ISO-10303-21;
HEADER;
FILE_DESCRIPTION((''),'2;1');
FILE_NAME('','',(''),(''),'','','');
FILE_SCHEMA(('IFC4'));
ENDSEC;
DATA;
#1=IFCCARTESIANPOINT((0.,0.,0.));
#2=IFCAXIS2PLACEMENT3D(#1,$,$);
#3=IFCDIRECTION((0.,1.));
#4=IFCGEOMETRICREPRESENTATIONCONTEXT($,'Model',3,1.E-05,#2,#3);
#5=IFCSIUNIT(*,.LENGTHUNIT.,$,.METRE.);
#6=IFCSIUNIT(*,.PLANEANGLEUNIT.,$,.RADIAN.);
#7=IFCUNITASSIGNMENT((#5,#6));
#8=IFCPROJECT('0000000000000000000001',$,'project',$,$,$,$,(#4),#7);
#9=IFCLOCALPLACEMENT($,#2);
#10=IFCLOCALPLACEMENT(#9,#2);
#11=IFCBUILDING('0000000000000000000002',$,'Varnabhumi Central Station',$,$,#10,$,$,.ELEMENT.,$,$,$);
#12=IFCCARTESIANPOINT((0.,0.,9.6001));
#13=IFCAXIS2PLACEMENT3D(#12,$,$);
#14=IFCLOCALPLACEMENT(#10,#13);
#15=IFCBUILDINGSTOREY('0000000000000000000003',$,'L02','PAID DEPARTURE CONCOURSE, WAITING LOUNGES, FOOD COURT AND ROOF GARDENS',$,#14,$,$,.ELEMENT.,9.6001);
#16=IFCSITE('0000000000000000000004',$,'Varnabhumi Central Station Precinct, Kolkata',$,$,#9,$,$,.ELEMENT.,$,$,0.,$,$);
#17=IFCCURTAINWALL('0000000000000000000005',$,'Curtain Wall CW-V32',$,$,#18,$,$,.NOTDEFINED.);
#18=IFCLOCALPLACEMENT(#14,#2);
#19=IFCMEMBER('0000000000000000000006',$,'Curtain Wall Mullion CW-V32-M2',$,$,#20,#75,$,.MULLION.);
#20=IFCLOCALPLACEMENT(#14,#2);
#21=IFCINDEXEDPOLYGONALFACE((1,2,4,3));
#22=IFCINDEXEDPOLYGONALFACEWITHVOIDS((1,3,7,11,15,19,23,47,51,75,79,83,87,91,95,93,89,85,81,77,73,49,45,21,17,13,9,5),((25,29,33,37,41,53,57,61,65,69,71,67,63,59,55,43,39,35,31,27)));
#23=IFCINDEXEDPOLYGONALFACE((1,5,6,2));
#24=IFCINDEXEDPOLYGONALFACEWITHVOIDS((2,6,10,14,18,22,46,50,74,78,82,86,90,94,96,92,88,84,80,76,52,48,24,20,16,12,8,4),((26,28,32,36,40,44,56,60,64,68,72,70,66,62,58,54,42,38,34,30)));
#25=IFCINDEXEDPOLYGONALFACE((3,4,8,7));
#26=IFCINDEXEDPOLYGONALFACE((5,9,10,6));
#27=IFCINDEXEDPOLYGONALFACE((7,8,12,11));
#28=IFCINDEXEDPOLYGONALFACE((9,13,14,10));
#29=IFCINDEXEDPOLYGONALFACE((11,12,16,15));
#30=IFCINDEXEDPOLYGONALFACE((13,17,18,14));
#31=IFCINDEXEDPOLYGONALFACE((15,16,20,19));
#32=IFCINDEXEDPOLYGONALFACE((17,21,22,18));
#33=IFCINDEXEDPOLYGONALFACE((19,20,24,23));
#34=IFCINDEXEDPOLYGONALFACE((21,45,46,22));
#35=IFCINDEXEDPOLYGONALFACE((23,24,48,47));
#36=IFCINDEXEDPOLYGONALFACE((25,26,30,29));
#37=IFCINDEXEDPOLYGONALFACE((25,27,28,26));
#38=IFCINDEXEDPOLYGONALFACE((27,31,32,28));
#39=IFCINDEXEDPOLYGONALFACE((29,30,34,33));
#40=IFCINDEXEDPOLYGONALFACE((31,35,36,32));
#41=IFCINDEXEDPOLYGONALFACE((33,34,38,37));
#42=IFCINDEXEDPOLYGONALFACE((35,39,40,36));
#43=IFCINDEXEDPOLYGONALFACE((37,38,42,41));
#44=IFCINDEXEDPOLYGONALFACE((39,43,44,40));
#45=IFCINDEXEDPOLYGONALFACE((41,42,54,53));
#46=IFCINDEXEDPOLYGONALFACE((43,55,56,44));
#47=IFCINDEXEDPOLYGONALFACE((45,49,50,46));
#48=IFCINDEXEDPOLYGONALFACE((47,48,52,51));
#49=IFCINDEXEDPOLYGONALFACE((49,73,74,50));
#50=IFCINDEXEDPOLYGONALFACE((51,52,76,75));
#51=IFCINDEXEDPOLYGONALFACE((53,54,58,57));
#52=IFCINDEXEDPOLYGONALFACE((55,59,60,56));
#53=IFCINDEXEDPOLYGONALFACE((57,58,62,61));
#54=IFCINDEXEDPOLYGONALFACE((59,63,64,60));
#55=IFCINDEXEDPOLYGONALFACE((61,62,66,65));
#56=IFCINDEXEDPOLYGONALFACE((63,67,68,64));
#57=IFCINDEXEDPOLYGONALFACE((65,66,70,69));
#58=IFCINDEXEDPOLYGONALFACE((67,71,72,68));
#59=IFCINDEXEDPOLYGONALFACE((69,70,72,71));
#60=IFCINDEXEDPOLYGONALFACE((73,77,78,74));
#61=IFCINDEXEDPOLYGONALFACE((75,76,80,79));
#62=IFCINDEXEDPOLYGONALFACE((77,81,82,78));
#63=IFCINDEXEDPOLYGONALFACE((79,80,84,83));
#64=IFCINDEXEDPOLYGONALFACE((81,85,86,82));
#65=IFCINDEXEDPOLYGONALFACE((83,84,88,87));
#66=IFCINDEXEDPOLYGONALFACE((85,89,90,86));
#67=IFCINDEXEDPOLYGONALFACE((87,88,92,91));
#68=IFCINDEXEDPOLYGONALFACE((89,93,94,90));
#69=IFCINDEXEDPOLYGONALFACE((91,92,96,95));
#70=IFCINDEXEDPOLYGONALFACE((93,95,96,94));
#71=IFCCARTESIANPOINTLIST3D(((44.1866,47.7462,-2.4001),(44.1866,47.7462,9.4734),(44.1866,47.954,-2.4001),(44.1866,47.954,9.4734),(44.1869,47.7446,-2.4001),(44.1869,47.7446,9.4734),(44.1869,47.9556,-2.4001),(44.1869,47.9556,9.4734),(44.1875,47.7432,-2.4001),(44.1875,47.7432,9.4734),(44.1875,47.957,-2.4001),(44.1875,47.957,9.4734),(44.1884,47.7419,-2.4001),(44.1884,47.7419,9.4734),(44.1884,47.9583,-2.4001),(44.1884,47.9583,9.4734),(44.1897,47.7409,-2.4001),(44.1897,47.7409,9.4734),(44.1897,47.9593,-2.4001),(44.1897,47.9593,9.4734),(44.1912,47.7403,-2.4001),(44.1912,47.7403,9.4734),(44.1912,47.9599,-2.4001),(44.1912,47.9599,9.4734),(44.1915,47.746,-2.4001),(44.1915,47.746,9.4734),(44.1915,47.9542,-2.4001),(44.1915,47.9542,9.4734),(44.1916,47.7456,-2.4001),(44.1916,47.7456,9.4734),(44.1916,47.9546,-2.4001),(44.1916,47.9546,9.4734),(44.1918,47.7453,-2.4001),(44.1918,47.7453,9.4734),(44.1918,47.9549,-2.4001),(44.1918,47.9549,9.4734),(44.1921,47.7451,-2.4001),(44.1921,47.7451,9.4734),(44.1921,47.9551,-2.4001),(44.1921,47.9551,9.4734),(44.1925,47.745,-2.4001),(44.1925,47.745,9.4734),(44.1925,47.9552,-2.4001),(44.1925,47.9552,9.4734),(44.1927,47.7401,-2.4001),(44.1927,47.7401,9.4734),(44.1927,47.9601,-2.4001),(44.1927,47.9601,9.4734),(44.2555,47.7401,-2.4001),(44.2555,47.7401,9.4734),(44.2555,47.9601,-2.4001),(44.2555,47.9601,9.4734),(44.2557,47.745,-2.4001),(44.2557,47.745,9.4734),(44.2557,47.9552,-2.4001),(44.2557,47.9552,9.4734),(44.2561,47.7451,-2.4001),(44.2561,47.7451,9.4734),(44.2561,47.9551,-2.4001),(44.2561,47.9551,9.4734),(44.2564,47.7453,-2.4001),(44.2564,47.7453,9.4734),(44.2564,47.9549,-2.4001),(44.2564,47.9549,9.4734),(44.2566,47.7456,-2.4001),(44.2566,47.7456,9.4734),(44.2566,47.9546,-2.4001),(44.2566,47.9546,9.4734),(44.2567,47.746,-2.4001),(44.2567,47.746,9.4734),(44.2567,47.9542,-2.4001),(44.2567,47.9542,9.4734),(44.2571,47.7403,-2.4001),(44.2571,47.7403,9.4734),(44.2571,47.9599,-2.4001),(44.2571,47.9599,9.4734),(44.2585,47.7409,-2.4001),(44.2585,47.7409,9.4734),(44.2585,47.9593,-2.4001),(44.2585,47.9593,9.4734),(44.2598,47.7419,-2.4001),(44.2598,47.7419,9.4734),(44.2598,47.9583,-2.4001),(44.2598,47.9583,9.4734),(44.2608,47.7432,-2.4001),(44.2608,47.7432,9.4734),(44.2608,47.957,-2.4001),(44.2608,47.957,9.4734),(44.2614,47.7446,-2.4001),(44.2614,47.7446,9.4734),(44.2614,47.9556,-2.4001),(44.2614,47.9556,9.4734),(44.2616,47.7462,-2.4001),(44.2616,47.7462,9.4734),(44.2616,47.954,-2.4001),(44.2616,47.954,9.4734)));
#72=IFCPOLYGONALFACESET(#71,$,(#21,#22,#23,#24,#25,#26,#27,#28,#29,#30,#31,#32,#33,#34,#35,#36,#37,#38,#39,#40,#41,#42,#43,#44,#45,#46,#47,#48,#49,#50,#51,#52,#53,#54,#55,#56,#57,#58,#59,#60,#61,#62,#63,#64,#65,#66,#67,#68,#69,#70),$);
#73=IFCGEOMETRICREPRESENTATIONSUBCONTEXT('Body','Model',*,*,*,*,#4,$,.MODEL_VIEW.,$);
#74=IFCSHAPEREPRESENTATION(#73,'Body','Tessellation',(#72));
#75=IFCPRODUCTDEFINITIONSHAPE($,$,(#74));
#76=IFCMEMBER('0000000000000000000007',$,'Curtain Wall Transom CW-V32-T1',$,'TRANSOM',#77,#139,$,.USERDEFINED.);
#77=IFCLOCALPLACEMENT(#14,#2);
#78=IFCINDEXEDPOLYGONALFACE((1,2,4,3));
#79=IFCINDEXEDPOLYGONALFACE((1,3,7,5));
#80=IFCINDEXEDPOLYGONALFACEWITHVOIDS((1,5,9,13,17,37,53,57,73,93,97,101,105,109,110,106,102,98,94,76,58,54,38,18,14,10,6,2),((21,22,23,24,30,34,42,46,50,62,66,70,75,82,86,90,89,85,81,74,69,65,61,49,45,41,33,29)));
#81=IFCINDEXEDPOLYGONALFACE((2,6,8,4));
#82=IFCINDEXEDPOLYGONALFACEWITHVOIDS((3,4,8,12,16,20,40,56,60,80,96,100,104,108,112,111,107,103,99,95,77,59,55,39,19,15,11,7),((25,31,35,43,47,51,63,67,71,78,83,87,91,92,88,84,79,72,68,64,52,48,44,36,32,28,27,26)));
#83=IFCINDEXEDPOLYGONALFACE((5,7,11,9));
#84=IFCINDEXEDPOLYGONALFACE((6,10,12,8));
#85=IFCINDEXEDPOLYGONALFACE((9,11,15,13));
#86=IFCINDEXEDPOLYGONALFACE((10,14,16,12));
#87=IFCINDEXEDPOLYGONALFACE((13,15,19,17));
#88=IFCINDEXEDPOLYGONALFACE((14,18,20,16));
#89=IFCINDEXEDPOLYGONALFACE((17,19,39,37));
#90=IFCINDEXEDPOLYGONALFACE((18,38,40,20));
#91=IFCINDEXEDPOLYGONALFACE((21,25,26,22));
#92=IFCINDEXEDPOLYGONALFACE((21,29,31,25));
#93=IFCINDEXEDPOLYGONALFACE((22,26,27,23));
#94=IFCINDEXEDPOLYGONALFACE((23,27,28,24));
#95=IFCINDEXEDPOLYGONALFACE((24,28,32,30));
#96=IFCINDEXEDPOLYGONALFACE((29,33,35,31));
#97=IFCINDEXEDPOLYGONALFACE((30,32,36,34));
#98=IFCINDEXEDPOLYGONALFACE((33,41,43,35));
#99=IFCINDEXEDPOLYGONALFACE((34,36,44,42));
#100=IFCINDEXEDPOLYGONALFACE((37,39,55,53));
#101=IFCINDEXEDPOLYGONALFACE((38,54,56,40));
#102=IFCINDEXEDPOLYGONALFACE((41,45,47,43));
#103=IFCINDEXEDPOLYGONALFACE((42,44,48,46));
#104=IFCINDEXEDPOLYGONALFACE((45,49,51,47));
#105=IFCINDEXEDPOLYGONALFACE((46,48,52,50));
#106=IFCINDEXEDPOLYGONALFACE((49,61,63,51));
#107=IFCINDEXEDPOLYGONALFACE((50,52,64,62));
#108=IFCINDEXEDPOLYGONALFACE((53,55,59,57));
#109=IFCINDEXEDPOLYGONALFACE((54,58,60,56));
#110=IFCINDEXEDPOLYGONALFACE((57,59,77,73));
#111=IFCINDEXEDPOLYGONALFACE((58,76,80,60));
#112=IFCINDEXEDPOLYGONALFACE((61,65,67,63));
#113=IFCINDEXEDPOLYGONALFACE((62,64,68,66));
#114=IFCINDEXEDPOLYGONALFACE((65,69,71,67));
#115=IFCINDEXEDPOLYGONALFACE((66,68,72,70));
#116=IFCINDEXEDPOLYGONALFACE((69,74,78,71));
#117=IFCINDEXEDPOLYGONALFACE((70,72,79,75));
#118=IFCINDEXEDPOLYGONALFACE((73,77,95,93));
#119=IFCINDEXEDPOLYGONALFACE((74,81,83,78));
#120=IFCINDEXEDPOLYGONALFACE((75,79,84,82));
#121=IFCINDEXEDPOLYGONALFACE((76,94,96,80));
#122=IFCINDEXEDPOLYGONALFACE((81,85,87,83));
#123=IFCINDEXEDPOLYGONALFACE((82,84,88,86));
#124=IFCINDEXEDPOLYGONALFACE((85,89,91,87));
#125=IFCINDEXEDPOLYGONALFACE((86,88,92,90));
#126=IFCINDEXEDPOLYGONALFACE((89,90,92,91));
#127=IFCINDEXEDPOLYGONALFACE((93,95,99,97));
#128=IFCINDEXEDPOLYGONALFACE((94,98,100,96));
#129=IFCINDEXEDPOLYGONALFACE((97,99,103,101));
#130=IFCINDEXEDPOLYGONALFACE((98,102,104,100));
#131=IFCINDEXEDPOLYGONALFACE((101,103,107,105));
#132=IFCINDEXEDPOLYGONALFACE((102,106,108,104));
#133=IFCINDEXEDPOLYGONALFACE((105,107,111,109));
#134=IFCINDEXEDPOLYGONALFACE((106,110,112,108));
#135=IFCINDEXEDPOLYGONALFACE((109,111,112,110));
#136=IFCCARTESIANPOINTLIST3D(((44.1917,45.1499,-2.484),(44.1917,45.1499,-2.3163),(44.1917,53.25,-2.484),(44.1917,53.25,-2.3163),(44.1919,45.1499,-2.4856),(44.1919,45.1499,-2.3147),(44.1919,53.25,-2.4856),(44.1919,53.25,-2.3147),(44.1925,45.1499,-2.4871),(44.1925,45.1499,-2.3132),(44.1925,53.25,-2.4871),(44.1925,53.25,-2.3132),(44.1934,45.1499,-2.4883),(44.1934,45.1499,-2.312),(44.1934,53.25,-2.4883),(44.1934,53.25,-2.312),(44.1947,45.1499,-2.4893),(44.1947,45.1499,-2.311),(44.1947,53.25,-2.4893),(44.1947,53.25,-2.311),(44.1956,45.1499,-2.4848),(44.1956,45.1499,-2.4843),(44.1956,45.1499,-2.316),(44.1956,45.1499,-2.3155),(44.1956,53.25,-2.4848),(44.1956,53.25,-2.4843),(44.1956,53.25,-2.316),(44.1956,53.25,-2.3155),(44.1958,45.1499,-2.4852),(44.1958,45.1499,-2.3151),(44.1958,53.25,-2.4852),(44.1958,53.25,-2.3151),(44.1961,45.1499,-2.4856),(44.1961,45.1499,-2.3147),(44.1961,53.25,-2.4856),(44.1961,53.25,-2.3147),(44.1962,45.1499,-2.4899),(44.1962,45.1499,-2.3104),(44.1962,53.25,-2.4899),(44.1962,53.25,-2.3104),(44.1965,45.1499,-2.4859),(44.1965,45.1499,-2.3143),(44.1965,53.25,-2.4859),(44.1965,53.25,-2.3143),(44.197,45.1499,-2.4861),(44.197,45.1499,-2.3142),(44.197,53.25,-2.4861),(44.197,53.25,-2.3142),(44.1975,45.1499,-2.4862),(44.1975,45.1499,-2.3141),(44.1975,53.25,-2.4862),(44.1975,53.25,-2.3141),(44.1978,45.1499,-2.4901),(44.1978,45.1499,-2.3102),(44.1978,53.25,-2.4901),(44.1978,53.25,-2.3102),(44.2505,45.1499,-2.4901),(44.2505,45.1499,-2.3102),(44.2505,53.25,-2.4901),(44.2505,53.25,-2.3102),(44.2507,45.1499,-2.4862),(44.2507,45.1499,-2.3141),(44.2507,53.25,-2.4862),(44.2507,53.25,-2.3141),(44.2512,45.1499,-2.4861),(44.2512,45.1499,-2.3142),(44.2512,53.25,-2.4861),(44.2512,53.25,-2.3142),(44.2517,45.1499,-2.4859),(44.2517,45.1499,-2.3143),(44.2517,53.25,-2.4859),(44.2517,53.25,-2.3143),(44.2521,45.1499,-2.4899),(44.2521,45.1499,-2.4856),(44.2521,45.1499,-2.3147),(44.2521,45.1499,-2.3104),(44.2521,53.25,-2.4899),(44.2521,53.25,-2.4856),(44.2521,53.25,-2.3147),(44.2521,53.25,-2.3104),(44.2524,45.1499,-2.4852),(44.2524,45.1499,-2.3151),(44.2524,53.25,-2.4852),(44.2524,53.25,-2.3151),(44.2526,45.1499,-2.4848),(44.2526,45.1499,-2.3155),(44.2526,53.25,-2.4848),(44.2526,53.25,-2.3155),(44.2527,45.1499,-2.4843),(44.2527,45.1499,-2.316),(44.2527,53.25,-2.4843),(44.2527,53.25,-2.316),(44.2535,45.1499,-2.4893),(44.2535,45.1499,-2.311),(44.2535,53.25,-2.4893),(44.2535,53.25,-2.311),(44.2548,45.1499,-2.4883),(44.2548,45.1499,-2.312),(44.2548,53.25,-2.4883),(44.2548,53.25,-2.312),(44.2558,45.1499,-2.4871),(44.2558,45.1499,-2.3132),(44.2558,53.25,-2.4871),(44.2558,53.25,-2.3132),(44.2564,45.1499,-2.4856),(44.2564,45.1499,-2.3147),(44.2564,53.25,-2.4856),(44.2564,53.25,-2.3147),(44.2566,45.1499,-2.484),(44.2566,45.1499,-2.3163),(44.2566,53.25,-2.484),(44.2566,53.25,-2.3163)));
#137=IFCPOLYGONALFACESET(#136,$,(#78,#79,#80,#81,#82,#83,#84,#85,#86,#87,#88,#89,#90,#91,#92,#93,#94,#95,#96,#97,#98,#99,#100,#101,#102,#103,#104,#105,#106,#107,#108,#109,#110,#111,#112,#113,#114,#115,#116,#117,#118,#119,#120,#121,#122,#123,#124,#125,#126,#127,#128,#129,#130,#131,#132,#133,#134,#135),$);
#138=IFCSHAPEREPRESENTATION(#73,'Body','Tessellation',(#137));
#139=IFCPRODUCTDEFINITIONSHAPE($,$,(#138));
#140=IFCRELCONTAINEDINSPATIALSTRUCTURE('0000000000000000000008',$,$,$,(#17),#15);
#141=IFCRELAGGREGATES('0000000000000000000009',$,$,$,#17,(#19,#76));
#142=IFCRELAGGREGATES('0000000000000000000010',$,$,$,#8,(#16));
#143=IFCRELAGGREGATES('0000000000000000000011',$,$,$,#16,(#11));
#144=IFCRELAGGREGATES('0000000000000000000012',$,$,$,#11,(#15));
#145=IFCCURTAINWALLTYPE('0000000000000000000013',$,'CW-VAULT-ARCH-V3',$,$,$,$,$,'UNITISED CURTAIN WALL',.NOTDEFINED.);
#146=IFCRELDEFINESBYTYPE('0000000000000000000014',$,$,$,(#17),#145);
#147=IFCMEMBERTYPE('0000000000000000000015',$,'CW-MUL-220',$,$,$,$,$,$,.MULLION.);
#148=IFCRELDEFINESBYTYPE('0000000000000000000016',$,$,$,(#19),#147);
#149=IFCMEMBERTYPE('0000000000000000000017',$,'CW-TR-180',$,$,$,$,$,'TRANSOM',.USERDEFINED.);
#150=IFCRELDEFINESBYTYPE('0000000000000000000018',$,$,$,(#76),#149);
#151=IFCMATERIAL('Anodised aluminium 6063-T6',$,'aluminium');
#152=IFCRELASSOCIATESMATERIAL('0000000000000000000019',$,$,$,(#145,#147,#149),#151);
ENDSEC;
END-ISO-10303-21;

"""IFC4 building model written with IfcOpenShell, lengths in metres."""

from ifc_helpers import new_model, si_unit, direction, frame, origin, origin_2d, place, context, subcontext, project, spatial, hollow_rectangle, extrude, material, material_profile, profile_set, type_object, element, aggregate, save


model = new_model("IFC4")

# Units and contexts
model_context = context("Model", 3, precision=1e-05, world=origin(), true_north=direction((0.0, 1.0)))
body_context = subcontext(model_context, "Body", "Model", "MODEL_VIEW")
ifc_project = project(units=[si_unit("LENGTHUNIT", "METRE"), si_unit("PLANEANGLEUNIT", "RADIAN")], contexts=[model_context])

# Site, building, storey
site_placement = place(None, origin())
site = spatial("IfcSite", under=ifc_project, at=site_placement, Name="Varnabhumi Central Station Precinct, Kolkata", CompositionType="ELEMENT", RefElevation=0.0)
building_placement = place(site_placement, origin())
building = spatial("IfcBuilding", under=site, at=building_placement, Name="Varnabhumi Central Station", CompositionType="ELEMENT")
storey_placement = place(building_placement, frame((0.0, 0.0, 9.6001)))
storey = spatial("IfcBuildingStorey", under=building, at=storey_placement, Name="L02", Description="PAID DEPARTURE CONCOURSE, WAITING LOUNGES, FOOD COURT AND ROOF GARDENS", CompositionType="ELEMENT", Elevation=9.6001)

# Curtain wall, members
ifc_material_1 = material(Name="Anodised aluminium 6063-T6", Category="aluminium")
curtain_wall_type = type_object("IfcCurtainWallType", Name="CW-VAULT-ARCH-V3", ElementType="UNITISED CURTAIN WALL", PredefinedType="NOTDEFINED", material=ifc_material_1)
curtain_wall_placement = place(storey_placement, origin())
curtain_wall = element("IfcCurtainWall", 1, at=curtain_wall_placement, inside=storey, type_object=curtain_wall_type, Name="Curtain Wall CW-V32", PredefinedType="NOTDEFINED")
ifc_material_profile_1 = material_profile(ifc_material_1, hollow_rectangle(XDim=0.075, YDim=0.22, WallThickness=0.0049, InnerFilletRadius=0.001, OuterFilletRadius=0.0061, at=origin_2d()), Name="Anodised aluminium 6063-T6", Category="aluminium")
ifc_profile_set_1 = profile_set([ifc_material_profile_1], Name="Anodised aluminium 6063-T6")
member_type_1 = type_object("IfcMemberType", Name="CW-MUL-220", PredefinedType="MULLION", material=ifc_profile_set_1)
member_1_placement = place(storey_placement, frame((44.2241, 47.8501, -2.4001), z_axis=(0.0, 0.0, 1.0), x_axis=(1.0, 0.0, 0.0)))
member_1 = element("IfcMember", 2, at=member_1_placement, type_object=member_type_1, Name="Curtain Wall Mullion CW-V32-M2", PredefinedType="MULLION", context=body_context, shape_type="SweptSolid", body=[
    extrude(hollow_rectangle(XDim=0.075, YDim=0.22, WallThickness=0.0049, InnerFilletRadius=0.001, OuterFilletRadius=0.0061, at=origin_2d()), origin(), (0.0, 0.0, 1.0), 11.8735),
])
ifc_material_profile_2 = material_profile(ifc_material_1, hollow_rectangle(XDim=0.0649, YDim=0.1799, WallThickness=0.0039, InnerFilletRadius=0.002, OuterFilletRadius=0.0061, at=origin_2d()), Name="Anodised aluminium 6063-T6", Category="aluminium")
ifc_profile_set_2 = profile_set([ifc_material_profile_2], Name="Anodised aluminium 6063-T6")
member_type_2 = type_object("IfcMemberType", Name="CW-TR-180", ElementType="TRANSOM", PredefinedType="USERDEFINED", material=ifc_profile_set_2)
member_2_placement = place(storey_placement, frame((44.2241, 45.1499, -2.4001), z_axis=(0.0, 1.0, 0.0), x_axis=(-1.0, 0.0, 0.0)))
member_2 = element("IfcMember", 3, at=member_2_placement, type_object=member_type_2, Name="Curtain Wall Transom CW-V32-T1", ObjectType="TRANSOM", PredefinedType="USERDEFINED", context=body_context, shape_type="SweptSolid", body=[
    extrude(hollow_rectangle(XDim=0.0649, YDim=0.1799, WallThickness=0.0039, InnerFilletRadius=0.002, OuterFilletRadius=0.0061, at=origin_2d()), origin(), (0.0, 0.0, 1.0), 8.1001),
])

aggregate(curtain_wall, [member_1, member_2])

save(model, "model.ifc")
